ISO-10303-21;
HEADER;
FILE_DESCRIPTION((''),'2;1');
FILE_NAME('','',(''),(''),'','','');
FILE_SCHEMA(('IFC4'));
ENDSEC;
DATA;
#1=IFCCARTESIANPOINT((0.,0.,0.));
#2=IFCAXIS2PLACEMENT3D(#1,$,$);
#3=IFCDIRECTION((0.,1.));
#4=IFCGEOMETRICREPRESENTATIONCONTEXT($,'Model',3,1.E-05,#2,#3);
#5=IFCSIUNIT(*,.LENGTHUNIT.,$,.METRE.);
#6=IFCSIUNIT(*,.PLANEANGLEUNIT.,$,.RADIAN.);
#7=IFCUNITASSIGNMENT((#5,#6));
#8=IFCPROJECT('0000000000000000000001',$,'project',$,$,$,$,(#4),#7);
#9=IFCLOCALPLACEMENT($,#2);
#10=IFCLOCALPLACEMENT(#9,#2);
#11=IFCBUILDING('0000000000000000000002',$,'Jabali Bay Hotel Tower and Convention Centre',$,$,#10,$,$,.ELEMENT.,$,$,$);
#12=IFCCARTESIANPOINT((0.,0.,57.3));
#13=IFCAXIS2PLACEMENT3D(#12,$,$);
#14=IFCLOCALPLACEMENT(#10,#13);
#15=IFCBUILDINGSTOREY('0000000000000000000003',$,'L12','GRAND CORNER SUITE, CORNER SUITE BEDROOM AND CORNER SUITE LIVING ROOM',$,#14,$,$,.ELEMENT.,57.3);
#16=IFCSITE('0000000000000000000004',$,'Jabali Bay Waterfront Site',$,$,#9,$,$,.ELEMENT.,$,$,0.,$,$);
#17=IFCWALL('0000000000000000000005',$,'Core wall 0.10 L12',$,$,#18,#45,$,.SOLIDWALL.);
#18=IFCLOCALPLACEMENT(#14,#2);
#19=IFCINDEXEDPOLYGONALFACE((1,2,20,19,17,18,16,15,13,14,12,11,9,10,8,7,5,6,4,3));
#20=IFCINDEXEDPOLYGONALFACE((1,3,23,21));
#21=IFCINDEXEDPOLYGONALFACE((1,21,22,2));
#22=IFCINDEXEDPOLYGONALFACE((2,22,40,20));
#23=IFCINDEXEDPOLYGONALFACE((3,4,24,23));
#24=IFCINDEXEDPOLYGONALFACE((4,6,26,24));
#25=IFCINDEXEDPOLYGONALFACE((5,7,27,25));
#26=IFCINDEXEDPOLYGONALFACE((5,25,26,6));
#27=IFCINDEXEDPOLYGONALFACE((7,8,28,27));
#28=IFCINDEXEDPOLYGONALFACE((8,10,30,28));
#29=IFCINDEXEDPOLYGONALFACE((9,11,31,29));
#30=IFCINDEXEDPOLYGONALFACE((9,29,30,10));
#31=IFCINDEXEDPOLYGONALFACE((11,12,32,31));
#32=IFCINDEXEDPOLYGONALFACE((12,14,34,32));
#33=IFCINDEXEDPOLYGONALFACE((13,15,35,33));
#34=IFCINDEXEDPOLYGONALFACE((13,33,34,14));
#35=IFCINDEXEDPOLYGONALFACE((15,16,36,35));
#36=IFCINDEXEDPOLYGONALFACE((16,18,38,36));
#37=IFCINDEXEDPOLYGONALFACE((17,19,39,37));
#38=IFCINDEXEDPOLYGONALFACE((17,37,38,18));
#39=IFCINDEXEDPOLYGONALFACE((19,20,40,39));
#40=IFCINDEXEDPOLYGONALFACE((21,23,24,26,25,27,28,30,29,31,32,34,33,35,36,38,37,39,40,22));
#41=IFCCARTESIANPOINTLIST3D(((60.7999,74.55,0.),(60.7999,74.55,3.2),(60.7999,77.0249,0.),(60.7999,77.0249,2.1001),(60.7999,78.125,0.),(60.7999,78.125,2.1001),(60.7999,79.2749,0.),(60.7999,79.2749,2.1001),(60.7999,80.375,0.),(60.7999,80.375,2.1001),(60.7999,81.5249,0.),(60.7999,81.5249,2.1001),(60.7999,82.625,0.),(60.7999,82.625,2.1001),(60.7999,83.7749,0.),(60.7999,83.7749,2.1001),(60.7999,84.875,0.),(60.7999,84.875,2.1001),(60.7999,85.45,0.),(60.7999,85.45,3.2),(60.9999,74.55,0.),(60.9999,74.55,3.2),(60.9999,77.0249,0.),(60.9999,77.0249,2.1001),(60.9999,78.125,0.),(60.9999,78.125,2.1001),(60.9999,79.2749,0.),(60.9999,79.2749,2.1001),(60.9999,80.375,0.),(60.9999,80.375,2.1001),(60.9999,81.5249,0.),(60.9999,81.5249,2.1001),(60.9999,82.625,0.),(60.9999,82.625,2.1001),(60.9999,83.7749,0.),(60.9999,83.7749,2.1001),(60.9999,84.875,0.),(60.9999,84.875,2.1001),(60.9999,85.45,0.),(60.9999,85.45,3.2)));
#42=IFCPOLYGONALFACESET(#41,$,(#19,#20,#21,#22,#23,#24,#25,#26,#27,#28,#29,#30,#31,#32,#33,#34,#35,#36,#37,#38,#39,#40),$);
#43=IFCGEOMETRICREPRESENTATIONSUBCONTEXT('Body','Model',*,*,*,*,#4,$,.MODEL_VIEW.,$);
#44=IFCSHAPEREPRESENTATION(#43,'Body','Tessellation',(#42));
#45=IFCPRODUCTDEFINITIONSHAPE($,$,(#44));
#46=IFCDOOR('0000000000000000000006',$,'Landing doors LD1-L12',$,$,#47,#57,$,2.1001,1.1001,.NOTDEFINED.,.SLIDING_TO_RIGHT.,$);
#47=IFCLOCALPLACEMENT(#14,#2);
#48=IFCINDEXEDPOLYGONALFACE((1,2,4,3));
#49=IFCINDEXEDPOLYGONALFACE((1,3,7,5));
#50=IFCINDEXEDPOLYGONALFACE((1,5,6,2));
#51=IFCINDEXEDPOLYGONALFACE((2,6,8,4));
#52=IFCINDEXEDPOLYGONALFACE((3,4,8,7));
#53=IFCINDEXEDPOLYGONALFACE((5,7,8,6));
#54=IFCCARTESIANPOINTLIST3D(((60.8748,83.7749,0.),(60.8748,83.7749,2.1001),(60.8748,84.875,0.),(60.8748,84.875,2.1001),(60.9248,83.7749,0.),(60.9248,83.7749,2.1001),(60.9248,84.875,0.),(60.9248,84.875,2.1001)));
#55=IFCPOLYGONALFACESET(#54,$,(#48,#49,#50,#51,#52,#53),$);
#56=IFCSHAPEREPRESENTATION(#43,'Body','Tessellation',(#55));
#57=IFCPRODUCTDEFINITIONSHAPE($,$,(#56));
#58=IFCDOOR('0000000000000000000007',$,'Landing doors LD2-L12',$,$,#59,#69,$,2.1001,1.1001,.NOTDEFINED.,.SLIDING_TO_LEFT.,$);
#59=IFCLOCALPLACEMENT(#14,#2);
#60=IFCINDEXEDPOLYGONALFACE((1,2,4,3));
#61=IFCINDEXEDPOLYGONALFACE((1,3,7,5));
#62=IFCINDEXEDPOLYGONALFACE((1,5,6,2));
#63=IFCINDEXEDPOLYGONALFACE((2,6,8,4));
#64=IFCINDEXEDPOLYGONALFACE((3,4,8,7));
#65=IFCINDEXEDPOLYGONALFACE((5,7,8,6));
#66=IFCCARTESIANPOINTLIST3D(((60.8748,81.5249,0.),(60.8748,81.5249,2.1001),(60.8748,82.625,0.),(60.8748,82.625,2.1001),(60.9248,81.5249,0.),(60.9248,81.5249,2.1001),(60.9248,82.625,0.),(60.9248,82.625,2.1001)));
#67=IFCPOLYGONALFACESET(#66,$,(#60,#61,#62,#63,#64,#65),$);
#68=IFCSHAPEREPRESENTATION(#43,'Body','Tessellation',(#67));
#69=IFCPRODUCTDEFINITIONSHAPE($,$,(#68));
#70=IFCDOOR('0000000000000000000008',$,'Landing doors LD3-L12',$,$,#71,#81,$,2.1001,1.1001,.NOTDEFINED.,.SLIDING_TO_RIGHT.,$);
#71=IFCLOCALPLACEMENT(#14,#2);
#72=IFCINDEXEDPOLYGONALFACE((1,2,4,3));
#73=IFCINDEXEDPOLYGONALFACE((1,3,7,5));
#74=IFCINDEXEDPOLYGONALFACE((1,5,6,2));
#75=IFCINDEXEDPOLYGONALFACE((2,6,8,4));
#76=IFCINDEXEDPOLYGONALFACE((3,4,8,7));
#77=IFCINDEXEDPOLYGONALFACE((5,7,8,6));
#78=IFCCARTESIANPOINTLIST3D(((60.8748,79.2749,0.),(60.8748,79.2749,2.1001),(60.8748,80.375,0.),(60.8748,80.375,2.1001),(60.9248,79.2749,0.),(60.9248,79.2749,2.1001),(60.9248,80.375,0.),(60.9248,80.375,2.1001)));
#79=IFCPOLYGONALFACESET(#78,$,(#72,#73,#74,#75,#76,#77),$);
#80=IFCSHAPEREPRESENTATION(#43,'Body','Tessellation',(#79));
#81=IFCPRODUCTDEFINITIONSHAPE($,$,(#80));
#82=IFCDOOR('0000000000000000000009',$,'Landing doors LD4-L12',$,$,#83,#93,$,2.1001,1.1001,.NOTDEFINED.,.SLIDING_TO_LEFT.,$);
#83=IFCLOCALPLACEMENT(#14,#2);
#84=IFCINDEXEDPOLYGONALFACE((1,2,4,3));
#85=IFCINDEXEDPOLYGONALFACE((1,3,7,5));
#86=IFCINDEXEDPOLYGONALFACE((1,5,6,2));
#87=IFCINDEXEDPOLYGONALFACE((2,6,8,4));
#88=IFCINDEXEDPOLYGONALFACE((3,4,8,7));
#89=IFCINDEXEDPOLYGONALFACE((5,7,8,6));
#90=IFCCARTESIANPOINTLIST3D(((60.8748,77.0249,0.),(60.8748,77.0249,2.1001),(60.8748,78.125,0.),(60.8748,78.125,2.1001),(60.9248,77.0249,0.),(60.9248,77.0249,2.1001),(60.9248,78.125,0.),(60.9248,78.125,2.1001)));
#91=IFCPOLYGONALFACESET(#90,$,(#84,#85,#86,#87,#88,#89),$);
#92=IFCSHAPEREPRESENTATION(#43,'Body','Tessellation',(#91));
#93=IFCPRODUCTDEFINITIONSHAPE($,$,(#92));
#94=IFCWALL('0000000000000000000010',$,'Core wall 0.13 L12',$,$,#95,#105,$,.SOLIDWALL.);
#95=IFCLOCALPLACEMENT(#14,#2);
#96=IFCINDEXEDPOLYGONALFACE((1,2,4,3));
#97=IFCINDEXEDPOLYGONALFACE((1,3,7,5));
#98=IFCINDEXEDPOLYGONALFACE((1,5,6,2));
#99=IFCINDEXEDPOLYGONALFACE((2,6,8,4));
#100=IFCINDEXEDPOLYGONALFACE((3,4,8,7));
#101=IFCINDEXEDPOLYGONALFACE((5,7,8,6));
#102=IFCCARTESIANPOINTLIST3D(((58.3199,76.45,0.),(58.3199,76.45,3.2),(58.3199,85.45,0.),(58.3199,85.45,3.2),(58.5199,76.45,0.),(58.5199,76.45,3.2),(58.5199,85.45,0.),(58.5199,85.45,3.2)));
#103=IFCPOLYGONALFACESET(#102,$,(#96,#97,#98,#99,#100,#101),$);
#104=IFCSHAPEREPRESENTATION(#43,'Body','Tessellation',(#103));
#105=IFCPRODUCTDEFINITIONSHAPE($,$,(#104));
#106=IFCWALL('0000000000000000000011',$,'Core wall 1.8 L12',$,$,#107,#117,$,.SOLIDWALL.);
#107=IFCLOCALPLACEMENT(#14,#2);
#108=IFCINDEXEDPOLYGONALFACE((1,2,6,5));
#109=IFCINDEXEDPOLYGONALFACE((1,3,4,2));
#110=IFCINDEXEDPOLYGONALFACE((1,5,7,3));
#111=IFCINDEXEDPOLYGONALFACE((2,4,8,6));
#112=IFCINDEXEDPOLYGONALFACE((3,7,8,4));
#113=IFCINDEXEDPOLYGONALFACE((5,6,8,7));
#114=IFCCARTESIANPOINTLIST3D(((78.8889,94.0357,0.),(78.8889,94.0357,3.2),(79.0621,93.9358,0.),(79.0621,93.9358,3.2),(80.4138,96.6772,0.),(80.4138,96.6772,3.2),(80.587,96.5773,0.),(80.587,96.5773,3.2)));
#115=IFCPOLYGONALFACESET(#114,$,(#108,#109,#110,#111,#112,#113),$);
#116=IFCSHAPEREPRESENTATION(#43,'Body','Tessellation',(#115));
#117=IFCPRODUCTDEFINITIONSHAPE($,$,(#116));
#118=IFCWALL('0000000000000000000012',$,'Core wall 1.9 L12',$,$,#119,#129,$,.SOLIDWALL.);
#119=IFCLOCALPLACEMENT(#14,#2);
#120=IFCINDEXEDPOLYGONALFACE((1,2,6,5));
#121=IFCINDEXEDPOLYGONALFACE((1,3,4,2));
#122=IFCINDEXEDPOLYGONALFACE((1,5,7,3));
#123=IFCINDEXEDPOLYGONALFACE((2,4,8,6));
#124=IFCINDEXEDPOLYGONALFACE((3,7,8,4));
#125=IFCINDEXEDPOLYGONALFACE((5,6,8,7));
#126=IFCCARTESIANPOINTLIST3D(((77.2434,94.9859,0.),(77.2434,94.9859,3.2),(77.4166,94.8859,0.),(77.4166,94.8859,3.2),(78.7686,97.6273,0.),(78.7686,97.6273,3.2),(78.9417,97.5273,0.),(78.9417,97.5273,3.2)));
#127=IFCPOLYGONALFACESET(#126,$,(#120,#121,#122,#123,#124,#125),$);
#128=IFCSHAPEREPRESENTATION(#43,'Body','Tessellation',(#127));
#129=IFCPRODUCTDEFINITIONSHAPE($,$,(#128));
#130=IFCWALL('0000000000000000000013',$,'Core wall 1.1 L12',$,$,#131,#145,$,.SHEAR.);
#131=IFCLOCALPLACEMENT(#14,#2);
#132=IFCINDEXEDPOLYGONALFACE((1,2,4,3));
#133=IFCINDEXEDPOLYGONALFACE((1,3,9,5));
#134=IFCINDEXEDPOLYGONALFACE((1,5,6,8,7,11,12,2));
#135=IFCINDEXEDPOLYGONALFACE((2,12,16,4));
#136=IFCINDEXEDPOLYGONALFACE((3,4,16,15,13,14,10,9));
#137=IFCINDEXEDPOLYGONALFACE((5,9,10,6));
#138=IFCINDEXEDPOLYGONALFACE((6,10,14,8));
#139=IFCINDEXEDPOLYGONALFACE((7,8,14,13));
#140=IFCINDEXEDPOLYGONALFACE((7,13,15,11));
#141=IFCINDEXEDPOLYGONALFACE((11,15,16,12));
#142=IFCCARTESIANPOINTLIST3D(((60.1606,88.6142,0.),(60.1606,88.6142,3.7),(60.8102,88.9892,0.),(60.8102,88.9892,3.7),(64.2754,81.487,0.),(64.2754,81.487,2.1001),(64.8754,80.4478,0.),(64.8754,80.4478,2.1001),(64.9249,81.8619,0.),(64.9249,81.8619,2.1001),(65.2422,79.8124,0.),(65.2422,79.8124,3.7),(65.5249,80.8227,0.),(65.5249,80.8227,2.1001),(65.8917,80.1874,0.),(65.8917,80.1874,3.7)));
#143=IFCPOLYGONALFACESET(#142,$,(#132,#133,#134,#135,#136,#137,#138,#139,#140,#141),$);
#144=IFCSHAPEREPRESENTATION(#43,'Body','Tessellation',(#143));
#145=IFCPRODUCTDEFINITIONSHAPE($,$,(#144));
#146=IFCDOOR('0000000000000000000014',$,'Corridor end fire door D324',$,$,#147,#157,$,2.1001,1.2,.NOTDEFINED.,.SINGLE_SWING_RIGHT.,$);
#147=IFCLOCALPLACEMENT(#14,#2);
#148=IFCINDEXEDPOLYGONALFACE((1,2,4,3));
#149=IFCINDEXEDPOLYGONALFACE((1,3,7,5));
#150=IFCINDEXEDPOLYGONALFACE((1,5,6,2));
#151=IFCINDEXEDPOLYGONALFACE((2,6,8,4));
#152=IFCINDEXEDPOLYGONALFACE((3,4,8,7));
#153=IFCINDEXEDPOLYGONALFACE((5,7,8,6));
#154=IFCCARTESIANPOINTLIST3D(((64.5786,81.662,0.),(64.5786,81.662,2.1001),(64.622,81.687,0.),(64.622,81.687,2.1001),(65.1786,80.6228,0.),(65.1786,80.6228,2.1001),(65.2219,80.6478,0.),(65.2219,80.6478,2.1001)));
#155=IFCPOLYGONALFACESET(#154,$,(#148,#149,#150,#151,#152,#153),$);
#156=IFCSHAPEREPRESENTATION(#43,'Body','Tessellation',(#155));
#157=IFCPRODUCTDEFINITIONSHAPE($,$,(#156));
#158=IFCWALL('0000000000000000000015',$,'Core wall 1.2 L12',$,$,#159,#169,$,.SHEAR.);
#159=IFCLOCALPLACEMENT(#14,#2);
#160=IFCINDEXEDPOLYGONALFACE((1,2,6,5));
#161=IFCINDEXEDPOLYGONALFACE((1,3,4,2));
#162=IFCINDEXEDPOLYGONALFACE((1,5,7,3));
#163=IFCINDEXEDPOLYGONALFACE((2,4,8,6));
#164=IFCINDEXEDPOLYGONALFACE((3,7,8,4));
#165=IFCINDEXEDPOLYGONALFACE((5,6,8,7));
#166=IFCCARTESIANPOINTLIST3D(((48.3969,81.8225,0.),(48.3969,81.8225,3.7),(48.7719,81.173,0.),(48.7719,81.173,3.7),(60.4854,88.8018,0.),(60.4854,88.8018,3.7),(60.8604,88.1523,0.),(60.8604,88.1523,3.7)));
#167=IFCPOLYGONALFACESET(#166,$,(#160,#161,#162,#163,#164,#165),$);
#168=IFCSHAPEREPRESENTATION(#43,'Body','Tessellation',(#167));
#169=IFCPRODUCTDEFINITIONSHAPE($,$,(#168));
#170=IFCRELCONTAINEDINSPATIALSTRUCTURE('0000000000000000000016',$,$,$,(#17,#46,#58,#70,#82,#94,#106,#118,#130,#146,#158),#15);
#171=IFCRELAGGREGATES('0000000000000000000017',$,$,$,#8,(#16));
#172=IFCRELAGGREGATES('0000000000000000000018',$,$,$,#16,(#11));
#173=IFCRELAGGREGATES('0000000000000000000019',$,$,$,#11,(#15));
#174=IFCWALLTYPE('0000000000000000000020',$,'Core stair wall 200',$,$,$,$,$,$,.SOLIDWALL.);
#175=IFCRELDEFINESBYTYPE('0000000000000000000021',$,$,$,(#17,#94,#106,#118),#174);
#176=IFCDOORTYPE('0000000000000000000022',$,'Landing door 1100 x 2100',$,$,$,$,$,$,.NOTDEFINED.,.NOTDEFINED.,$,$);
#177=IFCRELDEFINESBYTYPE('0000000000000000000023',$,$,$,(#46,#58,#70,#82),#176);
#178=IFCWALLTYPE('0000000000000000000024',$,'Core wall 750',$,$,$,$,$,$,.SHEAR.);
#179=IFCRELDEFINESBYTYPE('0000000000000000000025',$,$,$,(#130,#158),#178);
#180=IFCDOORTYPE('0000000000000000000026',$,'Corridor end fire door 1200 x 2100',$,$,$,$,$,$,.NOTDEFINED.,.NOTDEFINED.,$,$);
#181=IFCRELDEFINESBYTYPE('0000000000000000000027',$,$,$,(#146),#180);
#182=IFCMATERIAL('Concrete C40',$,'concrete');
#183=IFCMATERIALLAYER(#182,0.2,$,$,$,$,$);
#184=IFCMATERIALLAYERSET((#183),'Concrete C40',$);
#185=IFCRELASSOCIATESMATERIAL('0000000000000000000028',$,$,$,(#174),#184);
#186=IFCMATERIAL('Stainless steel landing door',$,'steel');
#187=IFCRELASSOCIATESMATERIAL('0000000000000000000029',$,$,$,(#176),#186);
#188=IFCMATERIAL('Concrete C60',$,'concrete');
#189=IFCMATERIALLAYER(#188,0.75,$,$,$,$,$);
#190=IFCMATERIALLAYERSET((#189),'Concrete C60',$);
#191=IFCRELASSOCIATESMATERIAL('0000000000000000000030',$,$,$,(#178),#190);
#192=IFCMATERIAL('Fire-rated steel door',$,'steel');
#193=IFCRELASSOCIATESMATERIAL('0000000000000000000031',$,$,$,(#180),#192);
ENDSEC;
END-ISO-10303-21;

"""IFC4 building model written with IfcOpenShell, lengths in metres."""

from ifc_helpers import new_model, si_unit, direction, frame, frame_2d, origin, place, context, subcontext, project, spatial, rectangle, extrude, material, layer, layer_set, type_object, element, fill, save


model = new_model("IFC4")

# Units and contexts
model_context = context("Model", 3, precision=1e-05, world=origin(), true_north=direction((0.0, 1.0)))
body_context = subcontext(model_context, "Body", "Model", "MODEL_VIEW")
ifc_project = project(units=[si_unit("LENGTHUNIT", "METRE"), si_unit("PLANEANGLEUNIT", "RADIAN")], contexts=[model_context])

# Site, building, storey
site_placement = place(None, origin())
site = spatial("IfcSite", under=ifc_project, at=site_placement, Name="Jabali Bay Waterfront Site", CompositionType="ELEMENT", RefElevation=0.0)
building_placement = place(site_placement, origin())
building = spatial("IfcBuilding", under=site, at=building_placement, Name="Jabali Bay Hotel Tower and Convention Centre", CompositionType="ELEMENT")
storey_placement = place(building_placement, frame((0.0, 0.0, 57.3)))
storey = spatial("IfcBuildingStorey", under=building, at=storey_placement, Name="L12", Description="GRAND CORNER SUITE, CORNER SUITE BEDROOM AND CORNER SUITE LIVING ROOM", CompositionType="ELEMENT", Elevation=57.3)

# Shared definitions
ifc_material_1 = material(Name="Concrete C40", Category="concrete")
ifc_material_2 = material(Name="Fire-rated steel door", Category="steel")

# Shared definitions
ifc_layer_1 = layer(ifc_material_1, 0.2)
ifc_layer_set_1 = layer_set([ifc_layer_1], Name="Concrete C40")
wall_type_1 = type_object("IfcWallType", Name="Core stair wall 200", PredefinedType="SOLIDWALL", material=ifc_layer_set_1)

# Wall, openings, doors
wall_1_placement = place(storey_placement, frame((60.8999, 85.45, 0.0), z_axis=(0.0, 0.0, 1.0), x_axis=(0.0, -1.0, 0.0)))
wall_1 = element("IfcWall", 1, at=wall_1_placement, inside=storey, type_object=wall_type_1, Name="Core wall 0.10 L12", PredefinedType="SOLIDWALL", context=body_context, shape_type="SweptSolid", body=[
    extrude(rectangle(XDim=10.8999, YDim=0.2, at=frame_2d((5.45, 0.0))), origin(), (0.0, 0.0, 1.0), 3.2),
])
opening_1_placement = place(wall_1_placement, frame((0.575, 0.0, 0.0)))
opening_1 = element("IfcOpeningElement", 2, at=opening_1_placement, cuts=wall_1, PredefinedType="OPENING", context=body_context, shape_type="SweptSolid", body=[
    extrude(rectangle(XDim=1.1001, YDim=2.1001, at=frame_2d((0.55, 1.05))), frame((0.0, 0.1104, 0.0), z_axis=(0.0, -1.0, 0.0), x_axis=(1.0, 0.0, 0.0)), (0.0, 0.0, 1.0), 0.2209),
])
opening_2_placement = place(wall_1_placement, frame((2.825, 0.0, 0.0)))
opening_2 = element("IfcOpeningElement", 3, at=opening_2_placement, cuts=wall_1, PredefinedType="OPENING", context=body_context, shape_type="SweptSolid", body=[
    extrude(rectangle(XDim=1.1001, YDim=2.1001, at=frame_2d((0.55, 1.05))), frame((0.0, 0.1104, 0.0), z_axis=(0.0, -1.0, 0.0), x_axis=(1.0, 0.0, 0.0)), (0.0, 0.0, 1.0), 0.2209),
])
opening_3_placement = place(wall_1_placement, frame((5.075, 0.0, 0.0)))
opening_3 = element("IfcOpeningElement", 4, at=opening_3_placement, cuts=wall_1, PredefinedType="OPENING", context=body_context, shape_type="SweptSolid", body=[
    extrude(rectangle(XDim=1.1001, YDim=2.1001, at=frame_2d((0.55, 1.05))), frame((0.0, 0.1104, 0.0), z_axis=(0.0, -1.0, 0.0), x_axis=(1.0, 0.0, 0.0)), (0.0, 0.0, 1.0), 0.2209),
])
opening_4_placement = place(wall_1_placement, frame((7.325, 0.0, 0.0)))
opening_4 = element("IfcOpeningElement", 5, at=opening_4_placement, cuts=wall_1, PredefinedType="OPENING", context=body_context, shape_type="SweptSolid", body=[
    extrude(rectangle(XDim=1.1001, YDim=2.1001, at=frame_2d((0.55, 1.05))), frame((0.0, 0.1104, 0.0), z_axis=(0.0, -1.0, 0.0), x_axis=(1.0, 0.0, 0.0)), (0.0, 0.0, 1.0), 0.2209),
])
ifc_material_3 = material(Name="Stainless steel landing door", Category="steel")
door_type_1 = type_object("IfcDoorType", Name="Landing door 1100 x 2100", OperationType="NOTDEFINED", PredefinedType="NOTDEFINED", material=ifc_material_3)
door_1_placement = place(opening_1_placement, origin())
door_1 = element("IfcDoor", 6, at=door_1_placement, inside=storey, type_object=door_type_1, Name="Landing doors LD1-L12", OperationType="SLIDING_TO_RIGHT", OverallHeight=2.1001, OverallWidth=1.1001, PredefinedType="NOTDEFINED", context=body_context, shape_type="SweptSolid", body=[
    extrude(rectangle(XDim=1.1001, YDim=2.1001, at=frame_2d((0.55, 1.05))), frame((0.0, 0.0249, 0.0), z_axis=(0.0, -1.0, 0.0), x_axis=(1.0, 0.0, 0.0)), (0.0, 0.0, 1.0), 0.05),
])
fill(opening_1, door_1)
door_2_placement = place(opening_2_placement, origin())
door_2 = element("IfcDoor", 7, at=door_2_placement, inside=storey, type_object=door_type_1, Name="Landing doors LD2-L12", OperationType="SLIDING_TO_LEFT", OverallHeight=2.1001, OverallWidth=1.1001, PredefinedType="NOTDEFINED", context=body_context, shape_type="SweptSolid", body=[
    extrude(rectangle(XDim=1.1001, YDim=2.1001, at=frame_2d((0.55, 1.05))), frame((0.0, 0.0249, 0.0), z_axis=(0.0, -1.0, 0.0), x_axis=(1.0, 0.0, 0.0)), (0.0, 0.0, 1.0), 0.05),
])
fill(opening_2, door_2)
door_3_placement = place(opening_3_placement, origin())
door_3 = element("IfcDoor", 8, at=door_3_placement, inside=storey, type_object=door_type_1, Name="Landing doors LD3-L12", OperationType="SLIDING_TO_RIGHT", OverallHeight=2.1001, OverallWidth=1.1001, PredefinedType="NOTDEFINED", context=body_context, shape_type="SweptSolid", body=[
    extrude(rectangle(XDim=1.1001, YDim=2.1001, at=frame_2d((0.55, 1.05))), frame((0.0, 0.0249, 0.0), z_axis=(0.0, -1.0, 0.0), x_axis=(1.0, 0.0, 0.0)), (0.0, 0.0, 1.0), 0.05),
])
fill(opening_3, door_3)
door_4_placement = place(opening_4_placement, origin())
door_4 = element("IfcDoor", 9, at=door_4_placement, inside=storey, type_object=door_type_1, Name="Landing doors LD4-L12", OperationType="SLIDING_TO_LEFT", OverallHeight=2.1001, OverallWidth=1.1001, PredefinedType="NOTDEFINED", context=body_context, shape_type="SweptSolid", body=[
    extrude(rectangle(XDim=1.1001, YDim=2.1001, at=frame_2d((0.55, 1.05))), frame((0.0, 0.0249, 0.0), z_axis=(0.0, -1.0, 0.0), x_axis=(1.0, 0.0, 0.0)), (0.0, 0.0, 1.0), 0.05),
])
fill(opening_4, door_4)

# Walls
wall_2_placement = place(storey_placement, frame((58.4199, 85.45, 0.0), z_axis=(0.0, 0.0, 1.0), x_axis=(0.0, -1.0, 0.0)))
element("IfcWall", 10, at=wall_2_placement, inside=storey, type_object=wall_type_1, Name="Core wall 0.13 L12", PredefinedType="SOLIDWALL", context=body_context, shape_type="SweptSolid", body=[
    extrude(rectangle(XDim=9.0, YDim=0.2, at=frame_2d((4.5, 0.0))), origin(), (0.0, 0.0, 1.0), 3.2),
])
for number, where, z_axis, x_axis, name in (
    (11, (78.9756, 93.9858, 0.0), (0.0, 0.0, 1.0), (0.499944, 0.866058, 0.0), "Core wall 1.8 L12"),
    (12, (77.3301, 94.936, 0.0), (0.0, 0.0, 1.0), (0.500039, 0.866003, 0.0), "Core wall 1.9 L12"),
):
    element("IfcWall", number, at=place(storey_placement, frame(where, z_axis=z_axis, x_axis=x_axis)), inside=storey, type_object=wall_type_1, Name=name, PredefinedType="SOLIDWALL", context=body_context, shape_type="SweptSolid", body=[
        extrude(rectangle(XDim=3.05, YDim=0.2, at=frame_2d((1.5249, 0.0))), origin(), (0.0, 0.0, 1.0), 3.2),
    ])

# Wall, opening, door
ifc_material_4 = material(Name="Concrete C60", Category="concrete")
ifc_layer_2 = layer(ifc_material_4, 0.75)
ifc_layer_set_2 = layer_set([ifc_layer_2], Name="Concrete C60")
wall_type_2 = type_object("IfcWallType", Name="Core wall 750", PredefinedType="SHEAR", material=ifc_layer_set_2)
wall_3_placement = place(storey_placement, frame((65.5669, 80.0, 0.0), z_axis=(0.0, 0.0, 1.0), x_axis=(-0.499989, 0.866032, 0.0)))
wall_3 = element("IfcWall", 13, at=wall_3_placement, inside=storey, type_object=wall_type_2, Name="Core wall 1.1 L12", PredefinedType="SHEAR", context=body_context, shape_type="SweptSolid", body=[
    extrude(rectangle(XDim=10.1633, YDim=0.75, at=frame_2d((5.0815, 0.0))), origin(), (0.0, 0.0, 1.0), 3.7),
])
opening_5_placement = place(wall_3_placement, frame((0.7334, 0.0, 0.0)))
opening_5 = element("IfcOpeningElement", 14, at=opening_5_placement, cuts=wall_3, PredefinedType="OPENING", context=body_context, shape_type="SweptSolid", body=[
    extrude(rectangle(XDim=1.2, YDim=2.1001, at=frame_2d((0.6001, 1.05))), frame((0.0, 0.3855, 0.0), z_axis=(0.0, -1.0, 0.0), x_axis=(1.0, 0.0, 0.0)), (0.0, 0.0, 1.0), 0.771),
])
door_type_2 = type_object("IfcDoorType", Name="Corridor end fire door 1200 x 2100", OperationType="NOTDEFINED", PredefinedType="NOTDEFINED", material=ifc_material_2)
door_5_placement = place(opening_5_placement, origin())
door_5 = element("IfcDoor", 15, at=door_5_placement, inside=storey, type_object=door_type_2, Name="Corridor end fire door D324", OperationType="SINGLE_SWING_RIGHT", OverallHeight=2.1001, OverallWidth=1.2, PredefinedType="NOTDEFINED", context=body_context, shape_type="SweptSolid", body=[
    extrude(rectangle(XDim=1.2, YDim=2.1001, at=frame_2d((0.6001, 1.05))), frame((0.0, 0.0249, 0.0), z_axis=(0.0, -1.0, 0.0), x_axis=(1.0, 0.0, 0.0)), (0.0, 0.0, 1.0), 0.05),
])
fill(opening_5, door_5)

# Wall
wall_4_placement = place(storey_placement, frame((60.6729, 88.4771, 0.0), z_axis=(0.0, 0.0, 1.0), x_axis=(-0.866025, -0.500001, 0.0)))
element("IfcWall", 16, at=wall_4_placement, inside=storey, type_object=wall_type_2, Name="Core wall 1.2 L12", PredefinedType="SHEAR", context=body_context, shape_type="SweptSolid", body=[
    extrude(rectangle(XDim=13.9585, YDim=0.75, at=frame_2d((6.9792, 0.0))), origin(), (0.0, 0.0, 1.0), 3.7),
])

save(model, "model.ifc")
